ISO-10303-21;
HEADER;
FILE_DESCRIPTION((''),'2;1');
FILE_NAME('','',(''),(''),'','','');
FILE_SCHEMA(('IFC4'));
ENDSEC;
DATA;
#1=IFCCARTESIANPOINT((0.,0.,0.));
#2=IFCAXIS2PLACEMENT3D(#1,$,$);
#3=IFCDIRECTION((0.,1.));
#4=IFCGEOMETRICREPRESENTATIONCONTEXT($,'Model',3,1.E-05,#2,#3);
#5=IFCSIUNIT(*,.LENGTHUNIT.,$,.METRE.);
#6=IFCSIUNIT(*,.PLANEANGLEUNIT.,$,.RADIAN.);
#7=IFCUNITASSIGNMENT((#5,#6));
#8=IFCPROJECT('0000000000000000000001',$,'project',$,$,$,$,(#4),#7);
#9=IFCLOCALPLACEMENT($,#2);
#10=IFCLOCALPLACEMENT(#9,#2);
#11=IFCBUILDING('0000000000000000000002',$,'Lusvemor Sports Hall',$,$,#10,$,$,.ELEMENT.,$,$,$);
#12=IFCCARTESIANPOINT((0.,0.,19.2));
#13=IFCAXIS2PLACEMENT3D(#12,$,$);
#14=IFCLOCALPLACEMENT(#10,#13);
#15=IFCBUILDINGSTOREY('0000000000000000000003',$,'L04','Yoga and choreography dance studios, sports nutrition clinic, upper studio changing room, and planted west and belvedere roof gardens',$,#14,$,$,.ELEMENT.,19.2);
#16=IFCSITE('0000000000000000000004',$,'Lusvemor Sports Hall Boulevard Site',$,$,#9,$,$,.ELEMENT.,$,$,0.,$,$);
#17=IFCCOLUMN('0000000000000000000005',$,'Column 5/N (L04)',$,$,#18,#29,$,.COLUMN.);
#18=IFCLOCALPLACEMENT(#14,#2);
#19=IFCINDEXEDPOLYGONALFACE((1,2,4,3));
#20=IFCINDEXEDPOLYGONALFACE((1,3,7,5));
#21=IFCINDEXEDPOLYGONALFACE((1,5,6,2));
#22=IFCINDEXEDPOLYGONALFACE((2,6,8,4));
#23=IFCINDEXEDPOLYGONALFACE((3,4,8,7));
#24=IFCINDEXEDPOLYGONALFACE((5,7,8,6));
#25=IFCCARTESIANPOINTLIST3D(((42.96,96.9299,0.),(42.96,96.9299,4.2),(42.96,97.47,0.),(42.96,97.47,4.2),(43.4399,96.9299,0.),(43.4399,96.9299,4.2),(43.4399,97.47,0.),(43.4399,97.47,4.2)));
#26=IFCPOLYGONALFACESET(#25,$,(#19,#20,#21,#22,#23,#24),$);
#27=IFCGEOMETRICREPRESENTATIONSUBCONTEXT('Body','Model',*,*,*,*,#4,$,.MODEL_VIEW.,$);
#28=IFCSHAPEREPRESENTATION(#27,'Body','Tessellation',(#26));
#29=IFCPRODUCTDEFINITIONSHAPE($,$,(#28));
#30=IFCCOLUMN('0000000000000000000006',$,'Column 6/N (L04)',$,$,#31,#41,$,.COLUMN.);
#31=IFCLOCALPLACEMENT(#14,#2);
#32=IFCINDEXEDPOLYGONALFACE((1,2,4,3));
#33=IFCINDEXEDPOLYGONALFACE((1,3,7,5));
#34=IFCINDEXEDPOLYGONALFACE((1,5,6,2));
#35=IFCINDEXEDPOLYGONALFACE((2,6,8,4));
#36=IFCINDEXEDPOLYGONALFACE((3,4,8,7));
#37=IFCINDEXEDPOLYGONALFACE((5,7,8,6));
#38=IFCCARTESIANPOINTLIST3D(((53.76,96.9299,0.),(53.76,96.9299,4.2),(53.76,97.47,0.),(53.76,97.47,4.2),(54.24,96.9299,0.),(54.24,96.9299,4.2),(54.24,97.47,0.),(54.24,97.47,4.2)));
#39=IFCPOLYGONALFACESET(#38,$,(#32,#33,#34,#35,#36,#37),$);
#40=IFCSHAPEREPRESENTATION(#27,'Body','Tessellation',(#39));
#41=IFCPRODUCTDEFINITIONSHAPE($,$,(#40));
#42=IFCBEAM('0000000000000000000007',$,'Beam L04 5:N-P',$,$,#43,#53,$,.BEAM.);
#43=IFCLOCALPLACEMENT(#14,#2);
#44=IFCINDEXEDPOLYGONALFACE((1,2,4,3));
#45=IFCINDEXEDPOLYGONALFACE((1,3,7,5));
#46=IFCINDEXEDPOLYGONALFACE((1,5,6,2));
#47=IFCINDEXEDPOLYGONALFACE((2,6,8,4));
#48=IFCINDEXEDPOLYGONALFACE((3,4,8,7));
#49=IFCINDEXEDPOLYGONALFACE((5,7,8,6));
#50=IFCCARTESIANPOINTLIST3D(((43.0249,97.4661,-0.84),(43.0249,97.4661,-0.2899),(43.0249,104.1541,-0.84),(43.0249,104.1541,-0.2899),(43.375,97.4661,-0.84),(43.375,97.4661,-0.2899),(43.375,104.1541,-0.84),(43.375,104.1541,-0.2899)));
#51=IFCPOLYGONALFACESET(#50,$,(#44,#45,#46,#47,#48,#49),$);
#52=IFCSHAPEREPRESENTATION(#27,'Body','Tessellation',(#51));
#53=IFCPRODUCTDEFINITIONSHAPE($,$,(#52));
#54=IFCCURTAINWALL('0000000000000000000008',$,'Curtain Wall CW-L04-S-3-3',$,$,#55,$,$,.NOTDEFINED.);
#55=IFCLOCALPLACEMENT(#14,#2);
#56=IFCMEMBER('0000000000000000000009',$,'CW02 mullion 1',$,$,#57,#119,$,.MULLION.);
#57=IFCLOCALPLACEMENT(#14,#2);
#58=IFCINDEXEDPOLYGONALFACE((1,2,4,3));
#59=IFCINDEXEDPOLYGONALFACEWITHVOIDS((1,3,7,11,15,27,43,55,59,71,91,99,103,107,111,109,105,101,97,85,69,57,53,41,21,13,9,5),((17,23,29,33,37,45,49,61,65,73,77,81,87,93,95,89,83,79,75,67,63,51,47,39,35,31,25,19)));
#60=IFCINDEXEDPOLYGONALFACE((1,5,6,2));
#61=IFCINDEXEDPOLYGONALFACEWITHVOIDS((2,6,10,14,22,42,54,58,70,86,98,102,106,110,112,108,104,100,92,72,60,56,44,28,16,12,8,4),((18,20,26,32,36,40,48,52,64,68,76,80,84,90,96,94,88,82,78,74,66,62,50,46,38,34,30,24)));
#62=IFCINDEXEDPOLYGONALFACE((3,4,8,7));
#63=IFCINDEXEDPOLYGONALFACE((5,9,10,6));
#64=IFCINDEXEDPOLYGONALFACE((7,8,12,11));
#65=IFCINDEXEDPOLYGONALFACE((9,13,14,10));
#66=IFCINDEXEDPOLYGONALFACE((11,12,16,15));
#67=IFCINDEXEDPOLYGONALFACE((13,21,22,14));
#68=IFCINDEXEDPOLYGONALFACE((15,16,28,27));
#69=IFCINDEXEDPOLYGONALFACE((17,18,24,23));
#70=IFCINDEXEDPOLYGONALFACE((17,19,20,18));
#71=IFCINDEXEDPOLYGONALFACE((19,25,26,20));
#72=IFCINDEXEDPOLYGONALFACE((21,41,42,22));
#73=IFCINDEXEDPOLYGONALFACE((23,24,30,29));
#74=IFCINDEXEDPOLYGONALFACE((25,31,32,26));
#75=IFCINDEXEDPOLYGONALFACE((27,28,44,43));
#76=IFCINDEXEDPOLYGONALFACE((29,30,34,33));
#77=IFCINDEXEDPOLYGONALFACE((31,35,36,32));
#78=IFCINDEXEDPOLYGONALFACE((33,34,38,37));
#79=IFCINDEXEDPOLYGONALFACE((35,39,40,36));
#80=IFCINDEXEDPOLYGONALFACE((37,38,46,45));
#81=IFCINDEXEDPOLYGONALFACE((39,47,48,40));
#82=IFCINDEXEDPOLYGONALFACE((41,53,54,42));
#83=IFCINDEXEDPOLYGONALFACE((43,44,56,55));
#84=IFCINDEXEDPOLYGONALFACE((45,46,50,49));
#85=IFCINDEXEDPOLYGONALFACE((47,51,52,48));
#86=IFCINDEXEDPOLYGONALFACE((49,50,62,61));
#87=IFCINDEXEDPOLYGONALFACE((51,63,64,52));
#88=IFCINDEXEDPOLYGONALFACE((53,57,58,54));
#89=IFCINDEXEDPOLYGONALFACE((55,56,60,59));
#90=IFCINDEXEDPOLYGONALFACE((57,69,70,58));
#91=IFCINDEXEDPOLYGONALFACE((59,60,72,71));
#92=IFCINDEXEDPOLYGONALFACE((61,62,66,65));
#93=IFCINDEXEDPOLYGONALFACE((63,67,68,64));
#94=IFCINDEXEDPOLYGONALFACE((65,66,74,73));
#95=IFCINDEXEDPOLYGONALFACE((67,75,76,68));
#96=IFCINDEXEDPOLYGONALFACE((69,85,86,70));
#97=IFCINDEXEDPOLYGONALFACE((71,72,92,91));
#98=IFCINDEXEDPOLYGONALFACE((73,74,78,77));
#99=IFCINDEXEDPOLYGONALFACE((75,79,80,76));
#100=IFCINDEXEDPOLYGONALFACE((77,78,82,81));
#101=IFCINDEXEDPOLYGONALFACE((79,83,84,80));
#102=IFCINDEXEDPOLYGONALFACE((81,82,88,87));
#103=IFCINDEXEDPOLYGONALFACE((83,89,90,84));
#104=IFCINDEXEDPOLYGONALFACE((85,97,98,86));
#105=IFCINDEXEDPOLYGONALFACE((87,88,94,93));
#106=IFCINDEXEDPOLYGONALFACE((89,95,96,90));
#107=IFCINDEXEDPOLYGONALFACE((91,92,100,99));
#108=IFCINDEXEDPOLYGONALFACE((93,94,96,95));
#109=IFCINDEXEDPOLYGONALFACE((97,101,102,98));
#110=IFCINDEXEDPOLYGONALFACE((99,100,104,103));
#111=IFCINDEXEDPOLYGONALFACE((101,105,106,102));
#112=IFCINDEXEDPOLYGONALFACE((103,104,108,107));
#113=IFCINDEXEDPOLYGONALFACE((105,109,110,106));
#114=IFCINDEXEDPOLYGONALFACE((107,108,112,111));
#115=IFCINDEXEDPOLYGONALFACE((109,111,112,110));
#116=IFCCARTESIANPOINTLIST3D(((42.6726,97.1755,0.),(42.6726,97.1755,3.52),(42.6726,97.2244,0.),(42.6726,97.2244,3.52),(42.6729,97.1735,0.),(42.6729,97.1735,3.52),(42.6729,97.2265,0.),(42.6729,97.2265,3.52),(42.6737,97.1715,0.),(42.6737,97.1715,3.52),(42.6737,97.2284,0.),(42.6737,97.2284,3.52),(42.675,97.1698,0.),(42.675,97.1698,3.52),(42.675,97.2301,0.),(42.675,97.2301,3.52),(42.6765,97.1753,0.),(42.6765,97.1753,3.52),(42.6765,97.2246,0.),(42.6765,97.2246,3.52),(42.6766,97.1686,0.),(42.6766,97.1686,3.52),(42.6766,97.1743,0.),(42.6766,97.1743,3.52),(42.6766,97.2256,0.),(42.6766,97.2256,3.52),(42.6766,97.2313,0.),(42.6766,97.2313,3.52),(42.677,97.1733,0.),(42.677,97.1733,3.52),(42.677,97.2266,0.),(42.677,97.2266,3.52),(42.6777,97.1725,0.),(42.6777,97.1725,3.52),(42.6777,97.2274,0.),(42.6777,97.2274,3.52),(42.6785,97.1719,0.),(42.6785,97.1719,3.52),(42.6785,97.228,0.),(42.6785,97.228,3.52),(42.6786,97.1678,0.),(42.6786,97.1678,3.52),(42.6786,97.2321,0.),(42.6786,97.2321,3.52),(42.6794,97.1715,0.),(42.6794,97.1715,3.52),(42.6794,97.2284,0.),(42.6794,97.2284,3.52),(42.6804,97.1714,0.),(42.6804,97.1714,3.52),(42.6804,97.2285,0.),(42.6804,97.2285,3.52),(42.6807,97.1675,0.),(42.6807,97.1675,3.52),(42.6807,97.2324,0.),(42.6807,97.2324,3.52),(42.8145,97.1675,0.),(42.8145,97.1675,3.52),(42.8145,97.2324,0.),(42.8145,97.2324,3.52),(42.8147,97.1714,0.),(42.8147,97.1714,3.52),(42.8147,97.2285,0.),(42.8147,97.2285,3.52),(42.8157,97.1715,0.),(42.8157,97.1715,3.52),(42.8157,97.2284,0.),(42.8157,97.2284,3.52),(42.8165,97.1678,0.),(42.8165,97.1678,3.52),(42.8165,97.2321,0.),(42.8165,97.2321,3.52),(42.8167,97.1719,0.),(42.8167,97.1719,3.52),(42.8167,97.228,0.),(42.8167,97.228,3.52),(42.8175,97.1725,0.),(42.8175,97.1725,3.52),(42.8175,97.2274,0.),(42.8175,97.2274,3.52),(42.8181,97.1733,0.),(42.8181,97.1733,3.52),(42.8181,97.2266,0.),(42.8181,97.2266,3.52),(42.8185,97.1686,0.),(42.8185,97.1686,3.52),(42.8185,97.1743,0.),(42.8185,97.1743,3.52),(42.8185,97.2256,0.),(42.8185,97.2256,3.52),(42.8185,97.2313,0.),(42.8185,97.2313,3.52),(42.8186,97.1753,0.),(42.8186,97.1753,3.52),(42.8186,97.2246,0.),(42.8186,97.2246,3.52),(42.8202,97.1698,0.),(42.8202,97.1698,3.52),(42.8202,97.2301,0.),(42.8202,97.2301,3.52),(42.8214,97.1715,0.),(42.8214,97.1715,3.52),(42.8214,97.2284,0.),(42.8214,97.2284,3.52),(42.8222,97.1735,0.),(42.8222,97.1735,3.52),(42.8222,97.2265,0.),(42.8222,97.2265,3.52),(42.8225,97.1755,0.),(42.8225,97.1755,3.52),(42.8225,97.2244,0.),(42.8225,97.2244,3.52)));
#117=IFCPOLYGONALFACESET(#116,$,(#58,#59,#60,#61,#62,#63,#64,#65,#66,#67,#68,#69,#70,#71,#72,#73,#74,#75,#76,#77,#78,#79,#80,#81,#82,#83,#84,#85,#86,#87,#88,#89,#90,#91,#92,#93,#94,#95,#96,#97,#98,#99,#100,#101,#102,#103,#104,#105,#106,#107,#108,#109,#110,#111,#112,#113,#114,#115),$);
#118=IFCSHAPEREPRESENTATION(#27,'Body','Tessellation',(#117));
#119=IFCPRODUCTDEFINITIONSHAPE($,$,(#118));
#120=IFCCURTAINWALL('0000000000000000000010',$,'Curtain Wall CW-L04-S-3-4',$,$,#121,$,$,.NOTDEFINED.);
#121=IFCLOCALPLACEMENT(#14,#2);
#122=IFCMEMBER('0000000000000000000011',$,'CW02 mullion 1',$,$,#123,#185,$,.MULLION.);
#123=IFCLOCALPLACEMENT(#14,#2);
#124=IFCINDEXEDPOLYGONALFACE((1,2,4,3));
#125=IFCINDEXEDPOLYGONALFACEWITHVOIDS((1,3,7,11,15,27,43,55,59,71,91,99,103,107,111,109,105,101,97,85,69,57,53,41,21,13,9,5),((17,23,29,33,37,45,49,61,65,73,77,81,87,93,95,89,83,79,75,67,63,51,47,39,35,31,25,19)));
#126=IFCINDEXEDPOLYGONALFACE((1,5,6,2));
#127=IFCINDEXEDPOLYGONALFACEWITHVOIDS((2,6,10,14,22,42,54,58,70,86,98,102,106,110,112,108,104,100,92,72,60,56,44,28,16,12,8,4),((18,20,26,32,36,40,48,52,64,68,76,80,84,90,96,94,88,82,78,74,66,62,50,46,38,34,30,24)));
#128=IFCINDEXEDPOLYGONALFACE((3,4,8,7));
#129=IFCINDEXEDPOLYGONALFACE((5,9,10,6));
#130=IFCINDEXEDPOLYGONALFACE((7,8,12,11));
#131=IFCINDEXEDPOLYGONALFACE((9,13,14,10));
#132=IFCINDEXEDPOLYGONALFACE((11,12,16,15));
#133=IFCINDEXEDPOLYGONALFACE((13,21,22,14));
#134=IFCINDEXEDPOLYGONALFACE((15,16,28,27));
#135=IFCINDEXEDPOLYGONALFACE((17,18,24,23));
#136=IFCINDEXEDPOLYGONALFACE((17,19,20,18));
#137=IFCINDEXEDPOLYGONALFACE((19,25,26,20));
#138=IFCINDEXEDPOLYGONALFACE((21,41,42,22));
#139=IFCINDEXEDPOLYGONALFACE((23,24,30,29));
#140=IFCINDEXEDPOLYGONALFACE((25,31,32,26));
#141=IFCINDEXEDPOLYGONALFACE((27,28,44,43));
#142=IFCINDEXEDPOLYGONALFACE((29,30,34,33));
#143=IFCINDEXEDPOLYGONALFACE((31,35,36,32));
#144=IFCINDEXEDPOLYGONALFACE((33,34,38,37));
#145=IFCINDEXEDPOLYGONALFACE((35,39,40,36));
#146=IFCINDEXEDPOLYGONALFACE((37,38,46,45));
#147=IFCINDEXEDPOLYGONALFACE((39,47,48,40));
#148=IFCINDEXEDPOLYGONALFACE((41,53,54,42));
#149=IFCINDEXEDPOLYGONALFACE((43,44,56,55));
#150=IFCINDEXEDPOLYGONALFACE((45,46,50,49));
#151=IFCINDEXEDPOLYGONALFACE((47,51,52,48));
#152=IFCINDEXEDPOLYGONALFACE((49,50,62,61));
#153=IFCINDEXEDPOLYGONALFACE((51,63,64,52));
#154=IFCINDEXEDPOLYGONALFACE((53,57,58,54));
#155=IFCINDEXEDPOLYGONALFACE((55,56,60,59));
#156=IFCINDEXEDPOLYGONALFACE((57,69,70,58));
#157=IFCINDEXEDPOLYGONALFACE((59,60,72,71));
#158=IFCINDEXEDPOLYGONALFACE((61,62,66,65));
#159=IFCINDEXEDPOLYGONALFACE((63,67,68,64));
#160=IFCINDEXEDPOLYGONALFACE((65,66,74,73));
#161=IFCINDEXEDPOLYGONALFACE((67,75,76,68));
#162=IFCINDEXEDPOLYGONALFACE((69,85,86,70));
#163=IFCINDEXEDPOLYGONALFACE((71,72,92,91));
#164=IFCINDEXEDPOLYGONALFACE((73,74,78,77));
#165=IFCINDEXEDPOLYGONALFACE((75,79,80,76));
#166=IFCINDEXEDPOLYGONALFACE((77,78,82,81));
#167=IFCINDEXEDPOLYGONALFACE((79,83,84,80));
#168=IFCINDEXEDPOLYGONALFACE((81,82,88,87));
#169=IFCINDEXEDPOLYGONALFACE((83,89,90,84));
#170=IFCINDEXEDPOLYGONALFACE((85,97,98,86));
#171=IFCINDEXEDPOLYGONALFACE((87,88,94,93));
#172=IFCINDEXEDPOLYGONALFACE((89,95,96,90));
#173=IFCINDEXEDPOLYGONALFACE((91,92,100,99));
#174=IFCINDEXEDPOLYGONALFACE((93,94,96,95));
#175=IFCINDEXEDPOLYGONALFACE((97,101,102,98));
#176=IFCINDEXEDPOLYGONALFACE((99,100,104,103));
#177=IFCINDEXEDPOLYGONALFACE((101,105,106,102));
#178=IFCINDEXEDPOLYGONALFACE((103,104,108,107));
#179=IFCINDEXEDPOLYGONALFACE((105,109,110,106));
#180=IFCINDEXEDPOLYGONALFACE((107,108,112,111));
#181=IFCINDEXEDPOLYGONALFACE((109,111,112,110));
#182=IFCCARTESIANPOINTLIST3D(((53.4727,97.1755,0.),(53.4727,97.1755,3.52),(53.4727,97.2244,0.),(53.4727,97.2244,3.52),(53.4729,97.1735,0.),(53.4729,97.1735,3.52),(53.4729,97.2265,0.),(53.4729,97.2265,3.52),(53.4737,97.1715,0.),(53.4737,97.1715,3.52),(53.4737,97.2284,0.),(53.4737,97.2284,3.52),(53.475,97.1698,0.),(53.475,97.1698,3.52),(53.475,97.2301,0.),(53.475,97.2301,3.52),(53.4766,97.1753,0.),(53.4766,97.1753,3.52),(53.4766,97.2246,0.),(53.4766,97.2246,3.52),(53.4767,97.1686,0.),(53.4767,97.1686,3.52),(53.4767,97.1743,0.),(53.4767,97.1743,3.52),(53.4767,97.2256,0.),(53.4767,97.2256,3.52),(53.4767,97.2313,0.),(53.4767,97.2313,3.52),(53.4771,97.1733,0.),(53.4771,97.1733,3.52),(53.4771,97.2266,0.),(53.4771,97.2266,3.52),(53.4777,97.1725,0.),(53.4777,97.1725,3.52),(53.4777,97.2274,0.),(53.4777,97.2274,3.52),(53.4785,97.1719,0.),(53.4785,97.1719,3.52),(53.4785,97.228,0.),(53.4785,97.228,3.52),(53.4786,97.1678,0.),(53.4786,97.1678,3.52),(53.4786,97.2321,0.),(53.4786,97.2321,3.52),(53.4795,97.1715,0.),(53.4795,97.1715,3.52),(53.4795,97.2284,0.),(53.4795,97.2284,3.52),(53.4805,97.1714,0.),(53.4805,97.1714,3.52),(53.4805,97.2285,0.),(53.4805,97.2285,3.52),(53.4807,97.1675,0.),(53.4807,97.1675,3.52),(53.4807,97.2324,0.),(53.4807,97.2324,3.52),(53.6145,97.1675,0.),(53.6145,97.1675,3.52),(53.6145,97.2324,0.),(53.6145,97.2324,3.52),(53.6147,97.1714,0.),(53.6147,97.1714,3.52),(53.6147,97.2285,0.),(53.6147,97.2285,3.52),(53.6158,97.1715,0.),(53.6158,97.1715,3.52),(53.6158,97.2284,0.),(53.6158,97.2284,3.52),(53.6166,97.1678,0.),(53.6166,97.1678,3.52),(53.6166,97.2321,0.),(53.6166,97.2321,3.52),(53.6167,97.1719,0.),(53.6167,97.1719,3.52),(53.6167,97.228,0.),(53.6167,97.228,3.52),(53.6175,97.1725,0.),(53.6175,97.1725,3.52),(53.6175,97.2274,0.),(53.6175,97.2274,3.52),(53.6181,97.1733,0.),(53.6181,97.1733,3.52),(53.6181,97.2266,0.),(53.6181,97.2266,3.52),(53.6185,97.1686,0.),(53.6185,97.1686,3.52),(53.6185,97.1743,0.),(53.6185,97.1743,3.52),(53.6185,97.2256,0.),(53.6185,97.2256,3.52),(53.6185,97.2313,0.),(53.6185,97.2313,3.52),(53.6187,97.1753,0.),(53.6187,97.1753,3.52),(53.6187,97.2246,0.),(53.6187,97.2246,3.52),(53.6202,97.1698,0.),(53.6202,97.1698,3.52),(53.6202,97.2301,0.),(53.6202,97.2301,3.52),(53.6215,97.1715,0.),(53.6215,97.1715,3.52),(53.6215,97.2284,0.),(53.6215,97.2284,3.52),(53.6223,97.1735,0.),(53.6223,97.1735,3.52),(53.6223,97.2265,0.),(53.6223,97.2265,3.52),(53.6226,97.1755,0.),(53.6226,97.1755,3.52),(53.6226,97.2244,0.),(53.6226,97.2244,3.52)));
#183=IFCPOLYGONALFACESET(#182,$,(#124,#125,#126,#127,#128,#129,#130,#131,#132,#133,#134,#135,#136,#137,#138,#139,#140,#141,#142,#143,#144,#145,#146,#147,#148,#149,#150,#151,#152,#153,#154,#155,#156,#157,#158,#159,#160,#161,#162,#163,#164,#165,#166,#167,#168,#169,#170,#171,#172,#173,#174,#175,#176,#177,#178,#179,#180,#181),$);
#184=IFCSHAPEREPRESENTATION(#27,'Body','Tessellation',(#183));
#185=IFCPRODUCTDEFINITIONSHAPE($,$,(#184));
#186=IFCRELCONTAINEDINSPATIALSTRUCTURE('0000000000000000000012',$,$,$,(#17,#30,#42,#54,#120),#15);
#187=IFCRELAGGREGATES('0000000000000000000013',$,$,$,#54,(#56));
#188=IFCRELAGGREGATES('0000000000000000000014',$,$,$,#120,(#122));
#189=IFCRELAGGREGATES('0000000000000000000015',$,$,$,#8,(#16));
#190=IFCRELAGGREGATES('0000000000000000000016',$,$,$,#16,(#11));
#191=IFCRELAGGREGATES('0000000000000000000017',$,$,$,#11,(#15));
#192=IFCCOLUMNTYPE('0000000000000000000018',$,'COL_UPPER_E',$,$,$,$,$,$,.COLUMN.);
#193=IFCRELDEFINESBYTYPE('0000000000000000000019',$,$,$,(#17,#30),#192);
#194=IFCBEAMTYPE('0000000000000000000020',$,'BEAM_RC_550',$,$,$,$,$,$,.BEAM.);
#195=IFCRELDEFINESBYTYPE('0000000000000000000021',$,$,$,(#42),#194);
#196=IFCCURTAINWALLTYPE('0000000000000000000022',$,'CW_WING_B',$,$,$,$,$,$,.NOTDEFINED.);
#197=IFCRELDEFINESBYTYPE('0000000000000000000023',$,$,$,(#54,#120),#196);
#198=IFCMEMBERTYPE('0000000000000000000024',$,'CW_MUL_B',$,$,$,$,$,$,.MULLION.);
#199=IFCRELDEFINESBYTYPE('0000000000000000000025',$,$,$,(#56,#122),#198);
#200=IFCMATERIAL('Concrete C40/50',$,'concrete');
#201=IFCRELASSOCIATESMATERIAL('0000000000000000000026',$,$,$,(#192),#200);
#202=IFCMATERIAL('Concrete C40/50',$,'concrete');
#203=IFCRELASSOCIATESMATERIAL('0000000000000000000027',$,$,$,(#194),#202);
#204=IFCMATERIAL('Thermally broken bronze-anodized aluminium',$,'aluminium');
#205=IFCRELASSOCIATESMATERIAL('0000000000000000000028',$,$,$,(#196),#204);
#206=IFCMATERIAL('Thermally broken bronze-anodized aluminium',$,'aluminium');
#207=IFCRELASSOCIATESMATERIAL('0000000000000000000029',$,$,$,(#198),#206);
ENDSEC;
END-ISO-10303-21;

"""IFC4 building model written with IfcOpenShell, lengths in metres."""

from ifc_helpers import new_model, si_unit, direction, frame, origin, origin_2d, place, context, subcontext, project, spatial, rectangle, hollow_rectangle, extrude, material, material_profile, profile_set, type_object, element, aggregate, save


model = new_model("IFC4")

# Units and contexts
model_context = context("Model", 3, precision=1e-05, world=origin(), true_north=direction((0.0, 1.0)))
body_context = subcontext(model_context, "Body", "Model", "MODEL_VIEW")
ifc_project = project(units=[si_unit("LENGTHUNIT", "METRE"), si_unit("PLANEANGLEUNIT", "RADIAN")], contexts=[model_context])

# Site, building, storey
site_placement = place(None, origin())
site = spatial("IfcSite", under=ifc_project, at=site_placement, Name="Lusvemor Sports Hall Boulevard Site", CompositionType="ELEMENT", RefElevation=0.0)
building_placement = place(site_placement, origin())
building = spatial("IfcBuilding", under=site, at=building_placement, Name="Lusvemor Sports Hall", CompositionType="ELEMENT")
storey_placement = place(building_placement, frame((0.0, 0.0, 19.2)))
storey = spatial("IfcBuildingStorey", under=building, at=storey_placement, Name="L04", Description="Yoga and choreography dance studios, sports nutrition clinic, upper studio changing room, and planted west and belvedere roof gardens", CompositionType="ELEMENT", Elevation=19.2)

# Columns
ifc_material_1 = material(Name="Concrete C40/50", Category="concrete")
ifc_material_profile_1 = material_profile(ifc_material_1, rectangle(XDim=0.48, YDim=0.54, at=origin_2d()), Name="RC480x540")
ifc_profile_set_1 = profile_set([ifc_material_profile_1], Name="Concrete C40/50")
column_type = type_object("IfcColumnType", Name="COL_UPPER_E", PredefinedType="COLUMN", material=ifc_profile_set_1)
for number, where, z_axis, x_axis, name in (
    (1, (43.2, 97.2, 0.0), (0.0, 0.0, 1.0), (1.0, 0.0, 0.0), "Column 5/N (L04)"),
    (2, (54.0, 97.2, 0.0), (0.0, 0.0, 1.0), (1.0, 0.0, 0.0), "Column 6/N (L04)"),
):
    element("IfcColumn", number, at=place(storey_placement, frame(where, z_axis=z_axis, x_axis=x_axis)), inside=storey, type_object=column_type, Name=name, PredefinedType="COLUMN", context=body_context, shape_type="SweptSolid", body=[
        extrude(rectangle(XDim=0.48, YDim=0.54, at=origin_2d()), origin(), (0.0, 0.0, 1.0), 4.2),
    ])

# Beam
ifc_material_2 = material(Name="Concrete C40/50", Category="concrete")
ifc_material_profile_2 = material_profile(ifc_material_2, rectangle(XDim=0.3501, YDim=0.55, at=origin_2d()), Name="RC350x550")
ifc_profile_set_2 = profile_set([ifc_material_profile_2], Name="Concrete C40/50")
beam_type_1 = type_object("IfcBeamType", Name="BEAM_RC_550", PredefinedType="BEAM", material=ifc_profile_set_2)
beam_1_placement = place(storey_placement, frame((43.2, 97.4661, -0.5649), z_axis=(0.0, 1.0, 0.0), x_axis=(-1.0, 0.0, 0.0)))
element("IfcBeam", 3, at=beam_1_placement, inside=storey, type_object=beam_type_1, Name="Beam L04 5:N-P", PredefinedType="BEAM", context=body_context, shape_type="SweptSolid", body=[
    extrude(rectangle(XDim=0.3501, YDim=0.55, at=origin_2d()), origin(), (0.0, 0.0, 1.0), 6.688),
])

# Curtain wall, member
ifc_material_3 = material(Name="Thermally broken bronze-anodized aluminium", Category="aluminium")
curtain_wall_type = type_object("IfcCurtainWallType", Name="CW_WING_B", PredefinedType="NOTDEFINED", material=ifc_material_3)
curtain_wall_1_placement = place(storey_placement, origin())
curtain_wall_1 = element("IfcCurtainWall", 4, at=curtain_wall_1_placement, inside=storey, type_object=curtain_wall_type, Name="Curtain Wall CW-L04-S-3-3", PredefinedType="NOTDEFINED")
ifc_material_4 = material(Name="Thermally broken bronze-anodized aluminium", Category="aluminium")
ifc_material_profile_3 = material_profile(ifc_material_4, hollow_rectangle(XDim=0.0649, YDim=0.1499, WallThickness=0.0039, InnerFilletRadius=0.0039, OuterFilletRadius=0.0081, at=origin_2d()), Name="CWMUL150x65x4")
ifc_profile_set_3 = profile_set([ifc_material_profile_3], Name="Thermally broken bronze-anodized aluminium")
member_type_1 = type_object("IfcMemberType", Name="CW_MUL_B", PredefinedType="MULLION", material=ifc_profile_set_3)
member_1_placement = place(storey_placement, frame((42.7476, 97.2, 0.0), z_axis=(0.0, 0.0, 1.0), x_axis=(0.0, -1.0, 0.0)))
member_1 = element("IfcMember", 5, at=member_1_placement, type_object=member_type_1, Name="CW02 mullion 1", PredefinedType="MULLION", context=body_context, shape_type="SweptSolid", body=[
    extrude(hollow_rectangle(XDim=0.0649, YDim=0.1499, WallThickness=0.0039, InnerFilletRadius=0.0039, OuterFilletRadius=0.0081, at=origin_2d()), origin(), (0.0, 0.0, 1.0), 3.52),
])

# Curtain wall, member
curtain_wall_2_placement = place(storey_placement, origin())
curtain_wall_2 = element("IfcCurtainWall", 6, at=curtain_wall_2_placement, inside=storey, type_object=curtain_wall_type, Name="Curtain Wall CW-L04-S-3-4", PredefinedType="NOTDEFINED")
member_2_placement = place(storey_placement, frame((53.5476, 97.2, 0.0), z_axis=(0.0, 0.0, 1.0), x_axis=(0.0, -1.0, 0.0)))
member_2 = element("IfcMember", 7, at=member_2_placement, type_object=member_type_1, Name="CW02 mullion 1", PredefinedType="MULLION", context=body_context, shape_type="SweptSolid", body=[
    extrude(hollow_rectangle(XDim=0.0649, YDim=0.1499, WallThickness=0.0039, InnerFilletRadius=0.0039, OuterFilletRadius=0.0081, at=origin_2d()), origin(), (0.0, 0.0, 1.0), 3.52),
])

aggregate(curtain_wall_1, [member_1])

aggregate(curtain_wall_2, [member_2])

save(model, "model.ifc")
